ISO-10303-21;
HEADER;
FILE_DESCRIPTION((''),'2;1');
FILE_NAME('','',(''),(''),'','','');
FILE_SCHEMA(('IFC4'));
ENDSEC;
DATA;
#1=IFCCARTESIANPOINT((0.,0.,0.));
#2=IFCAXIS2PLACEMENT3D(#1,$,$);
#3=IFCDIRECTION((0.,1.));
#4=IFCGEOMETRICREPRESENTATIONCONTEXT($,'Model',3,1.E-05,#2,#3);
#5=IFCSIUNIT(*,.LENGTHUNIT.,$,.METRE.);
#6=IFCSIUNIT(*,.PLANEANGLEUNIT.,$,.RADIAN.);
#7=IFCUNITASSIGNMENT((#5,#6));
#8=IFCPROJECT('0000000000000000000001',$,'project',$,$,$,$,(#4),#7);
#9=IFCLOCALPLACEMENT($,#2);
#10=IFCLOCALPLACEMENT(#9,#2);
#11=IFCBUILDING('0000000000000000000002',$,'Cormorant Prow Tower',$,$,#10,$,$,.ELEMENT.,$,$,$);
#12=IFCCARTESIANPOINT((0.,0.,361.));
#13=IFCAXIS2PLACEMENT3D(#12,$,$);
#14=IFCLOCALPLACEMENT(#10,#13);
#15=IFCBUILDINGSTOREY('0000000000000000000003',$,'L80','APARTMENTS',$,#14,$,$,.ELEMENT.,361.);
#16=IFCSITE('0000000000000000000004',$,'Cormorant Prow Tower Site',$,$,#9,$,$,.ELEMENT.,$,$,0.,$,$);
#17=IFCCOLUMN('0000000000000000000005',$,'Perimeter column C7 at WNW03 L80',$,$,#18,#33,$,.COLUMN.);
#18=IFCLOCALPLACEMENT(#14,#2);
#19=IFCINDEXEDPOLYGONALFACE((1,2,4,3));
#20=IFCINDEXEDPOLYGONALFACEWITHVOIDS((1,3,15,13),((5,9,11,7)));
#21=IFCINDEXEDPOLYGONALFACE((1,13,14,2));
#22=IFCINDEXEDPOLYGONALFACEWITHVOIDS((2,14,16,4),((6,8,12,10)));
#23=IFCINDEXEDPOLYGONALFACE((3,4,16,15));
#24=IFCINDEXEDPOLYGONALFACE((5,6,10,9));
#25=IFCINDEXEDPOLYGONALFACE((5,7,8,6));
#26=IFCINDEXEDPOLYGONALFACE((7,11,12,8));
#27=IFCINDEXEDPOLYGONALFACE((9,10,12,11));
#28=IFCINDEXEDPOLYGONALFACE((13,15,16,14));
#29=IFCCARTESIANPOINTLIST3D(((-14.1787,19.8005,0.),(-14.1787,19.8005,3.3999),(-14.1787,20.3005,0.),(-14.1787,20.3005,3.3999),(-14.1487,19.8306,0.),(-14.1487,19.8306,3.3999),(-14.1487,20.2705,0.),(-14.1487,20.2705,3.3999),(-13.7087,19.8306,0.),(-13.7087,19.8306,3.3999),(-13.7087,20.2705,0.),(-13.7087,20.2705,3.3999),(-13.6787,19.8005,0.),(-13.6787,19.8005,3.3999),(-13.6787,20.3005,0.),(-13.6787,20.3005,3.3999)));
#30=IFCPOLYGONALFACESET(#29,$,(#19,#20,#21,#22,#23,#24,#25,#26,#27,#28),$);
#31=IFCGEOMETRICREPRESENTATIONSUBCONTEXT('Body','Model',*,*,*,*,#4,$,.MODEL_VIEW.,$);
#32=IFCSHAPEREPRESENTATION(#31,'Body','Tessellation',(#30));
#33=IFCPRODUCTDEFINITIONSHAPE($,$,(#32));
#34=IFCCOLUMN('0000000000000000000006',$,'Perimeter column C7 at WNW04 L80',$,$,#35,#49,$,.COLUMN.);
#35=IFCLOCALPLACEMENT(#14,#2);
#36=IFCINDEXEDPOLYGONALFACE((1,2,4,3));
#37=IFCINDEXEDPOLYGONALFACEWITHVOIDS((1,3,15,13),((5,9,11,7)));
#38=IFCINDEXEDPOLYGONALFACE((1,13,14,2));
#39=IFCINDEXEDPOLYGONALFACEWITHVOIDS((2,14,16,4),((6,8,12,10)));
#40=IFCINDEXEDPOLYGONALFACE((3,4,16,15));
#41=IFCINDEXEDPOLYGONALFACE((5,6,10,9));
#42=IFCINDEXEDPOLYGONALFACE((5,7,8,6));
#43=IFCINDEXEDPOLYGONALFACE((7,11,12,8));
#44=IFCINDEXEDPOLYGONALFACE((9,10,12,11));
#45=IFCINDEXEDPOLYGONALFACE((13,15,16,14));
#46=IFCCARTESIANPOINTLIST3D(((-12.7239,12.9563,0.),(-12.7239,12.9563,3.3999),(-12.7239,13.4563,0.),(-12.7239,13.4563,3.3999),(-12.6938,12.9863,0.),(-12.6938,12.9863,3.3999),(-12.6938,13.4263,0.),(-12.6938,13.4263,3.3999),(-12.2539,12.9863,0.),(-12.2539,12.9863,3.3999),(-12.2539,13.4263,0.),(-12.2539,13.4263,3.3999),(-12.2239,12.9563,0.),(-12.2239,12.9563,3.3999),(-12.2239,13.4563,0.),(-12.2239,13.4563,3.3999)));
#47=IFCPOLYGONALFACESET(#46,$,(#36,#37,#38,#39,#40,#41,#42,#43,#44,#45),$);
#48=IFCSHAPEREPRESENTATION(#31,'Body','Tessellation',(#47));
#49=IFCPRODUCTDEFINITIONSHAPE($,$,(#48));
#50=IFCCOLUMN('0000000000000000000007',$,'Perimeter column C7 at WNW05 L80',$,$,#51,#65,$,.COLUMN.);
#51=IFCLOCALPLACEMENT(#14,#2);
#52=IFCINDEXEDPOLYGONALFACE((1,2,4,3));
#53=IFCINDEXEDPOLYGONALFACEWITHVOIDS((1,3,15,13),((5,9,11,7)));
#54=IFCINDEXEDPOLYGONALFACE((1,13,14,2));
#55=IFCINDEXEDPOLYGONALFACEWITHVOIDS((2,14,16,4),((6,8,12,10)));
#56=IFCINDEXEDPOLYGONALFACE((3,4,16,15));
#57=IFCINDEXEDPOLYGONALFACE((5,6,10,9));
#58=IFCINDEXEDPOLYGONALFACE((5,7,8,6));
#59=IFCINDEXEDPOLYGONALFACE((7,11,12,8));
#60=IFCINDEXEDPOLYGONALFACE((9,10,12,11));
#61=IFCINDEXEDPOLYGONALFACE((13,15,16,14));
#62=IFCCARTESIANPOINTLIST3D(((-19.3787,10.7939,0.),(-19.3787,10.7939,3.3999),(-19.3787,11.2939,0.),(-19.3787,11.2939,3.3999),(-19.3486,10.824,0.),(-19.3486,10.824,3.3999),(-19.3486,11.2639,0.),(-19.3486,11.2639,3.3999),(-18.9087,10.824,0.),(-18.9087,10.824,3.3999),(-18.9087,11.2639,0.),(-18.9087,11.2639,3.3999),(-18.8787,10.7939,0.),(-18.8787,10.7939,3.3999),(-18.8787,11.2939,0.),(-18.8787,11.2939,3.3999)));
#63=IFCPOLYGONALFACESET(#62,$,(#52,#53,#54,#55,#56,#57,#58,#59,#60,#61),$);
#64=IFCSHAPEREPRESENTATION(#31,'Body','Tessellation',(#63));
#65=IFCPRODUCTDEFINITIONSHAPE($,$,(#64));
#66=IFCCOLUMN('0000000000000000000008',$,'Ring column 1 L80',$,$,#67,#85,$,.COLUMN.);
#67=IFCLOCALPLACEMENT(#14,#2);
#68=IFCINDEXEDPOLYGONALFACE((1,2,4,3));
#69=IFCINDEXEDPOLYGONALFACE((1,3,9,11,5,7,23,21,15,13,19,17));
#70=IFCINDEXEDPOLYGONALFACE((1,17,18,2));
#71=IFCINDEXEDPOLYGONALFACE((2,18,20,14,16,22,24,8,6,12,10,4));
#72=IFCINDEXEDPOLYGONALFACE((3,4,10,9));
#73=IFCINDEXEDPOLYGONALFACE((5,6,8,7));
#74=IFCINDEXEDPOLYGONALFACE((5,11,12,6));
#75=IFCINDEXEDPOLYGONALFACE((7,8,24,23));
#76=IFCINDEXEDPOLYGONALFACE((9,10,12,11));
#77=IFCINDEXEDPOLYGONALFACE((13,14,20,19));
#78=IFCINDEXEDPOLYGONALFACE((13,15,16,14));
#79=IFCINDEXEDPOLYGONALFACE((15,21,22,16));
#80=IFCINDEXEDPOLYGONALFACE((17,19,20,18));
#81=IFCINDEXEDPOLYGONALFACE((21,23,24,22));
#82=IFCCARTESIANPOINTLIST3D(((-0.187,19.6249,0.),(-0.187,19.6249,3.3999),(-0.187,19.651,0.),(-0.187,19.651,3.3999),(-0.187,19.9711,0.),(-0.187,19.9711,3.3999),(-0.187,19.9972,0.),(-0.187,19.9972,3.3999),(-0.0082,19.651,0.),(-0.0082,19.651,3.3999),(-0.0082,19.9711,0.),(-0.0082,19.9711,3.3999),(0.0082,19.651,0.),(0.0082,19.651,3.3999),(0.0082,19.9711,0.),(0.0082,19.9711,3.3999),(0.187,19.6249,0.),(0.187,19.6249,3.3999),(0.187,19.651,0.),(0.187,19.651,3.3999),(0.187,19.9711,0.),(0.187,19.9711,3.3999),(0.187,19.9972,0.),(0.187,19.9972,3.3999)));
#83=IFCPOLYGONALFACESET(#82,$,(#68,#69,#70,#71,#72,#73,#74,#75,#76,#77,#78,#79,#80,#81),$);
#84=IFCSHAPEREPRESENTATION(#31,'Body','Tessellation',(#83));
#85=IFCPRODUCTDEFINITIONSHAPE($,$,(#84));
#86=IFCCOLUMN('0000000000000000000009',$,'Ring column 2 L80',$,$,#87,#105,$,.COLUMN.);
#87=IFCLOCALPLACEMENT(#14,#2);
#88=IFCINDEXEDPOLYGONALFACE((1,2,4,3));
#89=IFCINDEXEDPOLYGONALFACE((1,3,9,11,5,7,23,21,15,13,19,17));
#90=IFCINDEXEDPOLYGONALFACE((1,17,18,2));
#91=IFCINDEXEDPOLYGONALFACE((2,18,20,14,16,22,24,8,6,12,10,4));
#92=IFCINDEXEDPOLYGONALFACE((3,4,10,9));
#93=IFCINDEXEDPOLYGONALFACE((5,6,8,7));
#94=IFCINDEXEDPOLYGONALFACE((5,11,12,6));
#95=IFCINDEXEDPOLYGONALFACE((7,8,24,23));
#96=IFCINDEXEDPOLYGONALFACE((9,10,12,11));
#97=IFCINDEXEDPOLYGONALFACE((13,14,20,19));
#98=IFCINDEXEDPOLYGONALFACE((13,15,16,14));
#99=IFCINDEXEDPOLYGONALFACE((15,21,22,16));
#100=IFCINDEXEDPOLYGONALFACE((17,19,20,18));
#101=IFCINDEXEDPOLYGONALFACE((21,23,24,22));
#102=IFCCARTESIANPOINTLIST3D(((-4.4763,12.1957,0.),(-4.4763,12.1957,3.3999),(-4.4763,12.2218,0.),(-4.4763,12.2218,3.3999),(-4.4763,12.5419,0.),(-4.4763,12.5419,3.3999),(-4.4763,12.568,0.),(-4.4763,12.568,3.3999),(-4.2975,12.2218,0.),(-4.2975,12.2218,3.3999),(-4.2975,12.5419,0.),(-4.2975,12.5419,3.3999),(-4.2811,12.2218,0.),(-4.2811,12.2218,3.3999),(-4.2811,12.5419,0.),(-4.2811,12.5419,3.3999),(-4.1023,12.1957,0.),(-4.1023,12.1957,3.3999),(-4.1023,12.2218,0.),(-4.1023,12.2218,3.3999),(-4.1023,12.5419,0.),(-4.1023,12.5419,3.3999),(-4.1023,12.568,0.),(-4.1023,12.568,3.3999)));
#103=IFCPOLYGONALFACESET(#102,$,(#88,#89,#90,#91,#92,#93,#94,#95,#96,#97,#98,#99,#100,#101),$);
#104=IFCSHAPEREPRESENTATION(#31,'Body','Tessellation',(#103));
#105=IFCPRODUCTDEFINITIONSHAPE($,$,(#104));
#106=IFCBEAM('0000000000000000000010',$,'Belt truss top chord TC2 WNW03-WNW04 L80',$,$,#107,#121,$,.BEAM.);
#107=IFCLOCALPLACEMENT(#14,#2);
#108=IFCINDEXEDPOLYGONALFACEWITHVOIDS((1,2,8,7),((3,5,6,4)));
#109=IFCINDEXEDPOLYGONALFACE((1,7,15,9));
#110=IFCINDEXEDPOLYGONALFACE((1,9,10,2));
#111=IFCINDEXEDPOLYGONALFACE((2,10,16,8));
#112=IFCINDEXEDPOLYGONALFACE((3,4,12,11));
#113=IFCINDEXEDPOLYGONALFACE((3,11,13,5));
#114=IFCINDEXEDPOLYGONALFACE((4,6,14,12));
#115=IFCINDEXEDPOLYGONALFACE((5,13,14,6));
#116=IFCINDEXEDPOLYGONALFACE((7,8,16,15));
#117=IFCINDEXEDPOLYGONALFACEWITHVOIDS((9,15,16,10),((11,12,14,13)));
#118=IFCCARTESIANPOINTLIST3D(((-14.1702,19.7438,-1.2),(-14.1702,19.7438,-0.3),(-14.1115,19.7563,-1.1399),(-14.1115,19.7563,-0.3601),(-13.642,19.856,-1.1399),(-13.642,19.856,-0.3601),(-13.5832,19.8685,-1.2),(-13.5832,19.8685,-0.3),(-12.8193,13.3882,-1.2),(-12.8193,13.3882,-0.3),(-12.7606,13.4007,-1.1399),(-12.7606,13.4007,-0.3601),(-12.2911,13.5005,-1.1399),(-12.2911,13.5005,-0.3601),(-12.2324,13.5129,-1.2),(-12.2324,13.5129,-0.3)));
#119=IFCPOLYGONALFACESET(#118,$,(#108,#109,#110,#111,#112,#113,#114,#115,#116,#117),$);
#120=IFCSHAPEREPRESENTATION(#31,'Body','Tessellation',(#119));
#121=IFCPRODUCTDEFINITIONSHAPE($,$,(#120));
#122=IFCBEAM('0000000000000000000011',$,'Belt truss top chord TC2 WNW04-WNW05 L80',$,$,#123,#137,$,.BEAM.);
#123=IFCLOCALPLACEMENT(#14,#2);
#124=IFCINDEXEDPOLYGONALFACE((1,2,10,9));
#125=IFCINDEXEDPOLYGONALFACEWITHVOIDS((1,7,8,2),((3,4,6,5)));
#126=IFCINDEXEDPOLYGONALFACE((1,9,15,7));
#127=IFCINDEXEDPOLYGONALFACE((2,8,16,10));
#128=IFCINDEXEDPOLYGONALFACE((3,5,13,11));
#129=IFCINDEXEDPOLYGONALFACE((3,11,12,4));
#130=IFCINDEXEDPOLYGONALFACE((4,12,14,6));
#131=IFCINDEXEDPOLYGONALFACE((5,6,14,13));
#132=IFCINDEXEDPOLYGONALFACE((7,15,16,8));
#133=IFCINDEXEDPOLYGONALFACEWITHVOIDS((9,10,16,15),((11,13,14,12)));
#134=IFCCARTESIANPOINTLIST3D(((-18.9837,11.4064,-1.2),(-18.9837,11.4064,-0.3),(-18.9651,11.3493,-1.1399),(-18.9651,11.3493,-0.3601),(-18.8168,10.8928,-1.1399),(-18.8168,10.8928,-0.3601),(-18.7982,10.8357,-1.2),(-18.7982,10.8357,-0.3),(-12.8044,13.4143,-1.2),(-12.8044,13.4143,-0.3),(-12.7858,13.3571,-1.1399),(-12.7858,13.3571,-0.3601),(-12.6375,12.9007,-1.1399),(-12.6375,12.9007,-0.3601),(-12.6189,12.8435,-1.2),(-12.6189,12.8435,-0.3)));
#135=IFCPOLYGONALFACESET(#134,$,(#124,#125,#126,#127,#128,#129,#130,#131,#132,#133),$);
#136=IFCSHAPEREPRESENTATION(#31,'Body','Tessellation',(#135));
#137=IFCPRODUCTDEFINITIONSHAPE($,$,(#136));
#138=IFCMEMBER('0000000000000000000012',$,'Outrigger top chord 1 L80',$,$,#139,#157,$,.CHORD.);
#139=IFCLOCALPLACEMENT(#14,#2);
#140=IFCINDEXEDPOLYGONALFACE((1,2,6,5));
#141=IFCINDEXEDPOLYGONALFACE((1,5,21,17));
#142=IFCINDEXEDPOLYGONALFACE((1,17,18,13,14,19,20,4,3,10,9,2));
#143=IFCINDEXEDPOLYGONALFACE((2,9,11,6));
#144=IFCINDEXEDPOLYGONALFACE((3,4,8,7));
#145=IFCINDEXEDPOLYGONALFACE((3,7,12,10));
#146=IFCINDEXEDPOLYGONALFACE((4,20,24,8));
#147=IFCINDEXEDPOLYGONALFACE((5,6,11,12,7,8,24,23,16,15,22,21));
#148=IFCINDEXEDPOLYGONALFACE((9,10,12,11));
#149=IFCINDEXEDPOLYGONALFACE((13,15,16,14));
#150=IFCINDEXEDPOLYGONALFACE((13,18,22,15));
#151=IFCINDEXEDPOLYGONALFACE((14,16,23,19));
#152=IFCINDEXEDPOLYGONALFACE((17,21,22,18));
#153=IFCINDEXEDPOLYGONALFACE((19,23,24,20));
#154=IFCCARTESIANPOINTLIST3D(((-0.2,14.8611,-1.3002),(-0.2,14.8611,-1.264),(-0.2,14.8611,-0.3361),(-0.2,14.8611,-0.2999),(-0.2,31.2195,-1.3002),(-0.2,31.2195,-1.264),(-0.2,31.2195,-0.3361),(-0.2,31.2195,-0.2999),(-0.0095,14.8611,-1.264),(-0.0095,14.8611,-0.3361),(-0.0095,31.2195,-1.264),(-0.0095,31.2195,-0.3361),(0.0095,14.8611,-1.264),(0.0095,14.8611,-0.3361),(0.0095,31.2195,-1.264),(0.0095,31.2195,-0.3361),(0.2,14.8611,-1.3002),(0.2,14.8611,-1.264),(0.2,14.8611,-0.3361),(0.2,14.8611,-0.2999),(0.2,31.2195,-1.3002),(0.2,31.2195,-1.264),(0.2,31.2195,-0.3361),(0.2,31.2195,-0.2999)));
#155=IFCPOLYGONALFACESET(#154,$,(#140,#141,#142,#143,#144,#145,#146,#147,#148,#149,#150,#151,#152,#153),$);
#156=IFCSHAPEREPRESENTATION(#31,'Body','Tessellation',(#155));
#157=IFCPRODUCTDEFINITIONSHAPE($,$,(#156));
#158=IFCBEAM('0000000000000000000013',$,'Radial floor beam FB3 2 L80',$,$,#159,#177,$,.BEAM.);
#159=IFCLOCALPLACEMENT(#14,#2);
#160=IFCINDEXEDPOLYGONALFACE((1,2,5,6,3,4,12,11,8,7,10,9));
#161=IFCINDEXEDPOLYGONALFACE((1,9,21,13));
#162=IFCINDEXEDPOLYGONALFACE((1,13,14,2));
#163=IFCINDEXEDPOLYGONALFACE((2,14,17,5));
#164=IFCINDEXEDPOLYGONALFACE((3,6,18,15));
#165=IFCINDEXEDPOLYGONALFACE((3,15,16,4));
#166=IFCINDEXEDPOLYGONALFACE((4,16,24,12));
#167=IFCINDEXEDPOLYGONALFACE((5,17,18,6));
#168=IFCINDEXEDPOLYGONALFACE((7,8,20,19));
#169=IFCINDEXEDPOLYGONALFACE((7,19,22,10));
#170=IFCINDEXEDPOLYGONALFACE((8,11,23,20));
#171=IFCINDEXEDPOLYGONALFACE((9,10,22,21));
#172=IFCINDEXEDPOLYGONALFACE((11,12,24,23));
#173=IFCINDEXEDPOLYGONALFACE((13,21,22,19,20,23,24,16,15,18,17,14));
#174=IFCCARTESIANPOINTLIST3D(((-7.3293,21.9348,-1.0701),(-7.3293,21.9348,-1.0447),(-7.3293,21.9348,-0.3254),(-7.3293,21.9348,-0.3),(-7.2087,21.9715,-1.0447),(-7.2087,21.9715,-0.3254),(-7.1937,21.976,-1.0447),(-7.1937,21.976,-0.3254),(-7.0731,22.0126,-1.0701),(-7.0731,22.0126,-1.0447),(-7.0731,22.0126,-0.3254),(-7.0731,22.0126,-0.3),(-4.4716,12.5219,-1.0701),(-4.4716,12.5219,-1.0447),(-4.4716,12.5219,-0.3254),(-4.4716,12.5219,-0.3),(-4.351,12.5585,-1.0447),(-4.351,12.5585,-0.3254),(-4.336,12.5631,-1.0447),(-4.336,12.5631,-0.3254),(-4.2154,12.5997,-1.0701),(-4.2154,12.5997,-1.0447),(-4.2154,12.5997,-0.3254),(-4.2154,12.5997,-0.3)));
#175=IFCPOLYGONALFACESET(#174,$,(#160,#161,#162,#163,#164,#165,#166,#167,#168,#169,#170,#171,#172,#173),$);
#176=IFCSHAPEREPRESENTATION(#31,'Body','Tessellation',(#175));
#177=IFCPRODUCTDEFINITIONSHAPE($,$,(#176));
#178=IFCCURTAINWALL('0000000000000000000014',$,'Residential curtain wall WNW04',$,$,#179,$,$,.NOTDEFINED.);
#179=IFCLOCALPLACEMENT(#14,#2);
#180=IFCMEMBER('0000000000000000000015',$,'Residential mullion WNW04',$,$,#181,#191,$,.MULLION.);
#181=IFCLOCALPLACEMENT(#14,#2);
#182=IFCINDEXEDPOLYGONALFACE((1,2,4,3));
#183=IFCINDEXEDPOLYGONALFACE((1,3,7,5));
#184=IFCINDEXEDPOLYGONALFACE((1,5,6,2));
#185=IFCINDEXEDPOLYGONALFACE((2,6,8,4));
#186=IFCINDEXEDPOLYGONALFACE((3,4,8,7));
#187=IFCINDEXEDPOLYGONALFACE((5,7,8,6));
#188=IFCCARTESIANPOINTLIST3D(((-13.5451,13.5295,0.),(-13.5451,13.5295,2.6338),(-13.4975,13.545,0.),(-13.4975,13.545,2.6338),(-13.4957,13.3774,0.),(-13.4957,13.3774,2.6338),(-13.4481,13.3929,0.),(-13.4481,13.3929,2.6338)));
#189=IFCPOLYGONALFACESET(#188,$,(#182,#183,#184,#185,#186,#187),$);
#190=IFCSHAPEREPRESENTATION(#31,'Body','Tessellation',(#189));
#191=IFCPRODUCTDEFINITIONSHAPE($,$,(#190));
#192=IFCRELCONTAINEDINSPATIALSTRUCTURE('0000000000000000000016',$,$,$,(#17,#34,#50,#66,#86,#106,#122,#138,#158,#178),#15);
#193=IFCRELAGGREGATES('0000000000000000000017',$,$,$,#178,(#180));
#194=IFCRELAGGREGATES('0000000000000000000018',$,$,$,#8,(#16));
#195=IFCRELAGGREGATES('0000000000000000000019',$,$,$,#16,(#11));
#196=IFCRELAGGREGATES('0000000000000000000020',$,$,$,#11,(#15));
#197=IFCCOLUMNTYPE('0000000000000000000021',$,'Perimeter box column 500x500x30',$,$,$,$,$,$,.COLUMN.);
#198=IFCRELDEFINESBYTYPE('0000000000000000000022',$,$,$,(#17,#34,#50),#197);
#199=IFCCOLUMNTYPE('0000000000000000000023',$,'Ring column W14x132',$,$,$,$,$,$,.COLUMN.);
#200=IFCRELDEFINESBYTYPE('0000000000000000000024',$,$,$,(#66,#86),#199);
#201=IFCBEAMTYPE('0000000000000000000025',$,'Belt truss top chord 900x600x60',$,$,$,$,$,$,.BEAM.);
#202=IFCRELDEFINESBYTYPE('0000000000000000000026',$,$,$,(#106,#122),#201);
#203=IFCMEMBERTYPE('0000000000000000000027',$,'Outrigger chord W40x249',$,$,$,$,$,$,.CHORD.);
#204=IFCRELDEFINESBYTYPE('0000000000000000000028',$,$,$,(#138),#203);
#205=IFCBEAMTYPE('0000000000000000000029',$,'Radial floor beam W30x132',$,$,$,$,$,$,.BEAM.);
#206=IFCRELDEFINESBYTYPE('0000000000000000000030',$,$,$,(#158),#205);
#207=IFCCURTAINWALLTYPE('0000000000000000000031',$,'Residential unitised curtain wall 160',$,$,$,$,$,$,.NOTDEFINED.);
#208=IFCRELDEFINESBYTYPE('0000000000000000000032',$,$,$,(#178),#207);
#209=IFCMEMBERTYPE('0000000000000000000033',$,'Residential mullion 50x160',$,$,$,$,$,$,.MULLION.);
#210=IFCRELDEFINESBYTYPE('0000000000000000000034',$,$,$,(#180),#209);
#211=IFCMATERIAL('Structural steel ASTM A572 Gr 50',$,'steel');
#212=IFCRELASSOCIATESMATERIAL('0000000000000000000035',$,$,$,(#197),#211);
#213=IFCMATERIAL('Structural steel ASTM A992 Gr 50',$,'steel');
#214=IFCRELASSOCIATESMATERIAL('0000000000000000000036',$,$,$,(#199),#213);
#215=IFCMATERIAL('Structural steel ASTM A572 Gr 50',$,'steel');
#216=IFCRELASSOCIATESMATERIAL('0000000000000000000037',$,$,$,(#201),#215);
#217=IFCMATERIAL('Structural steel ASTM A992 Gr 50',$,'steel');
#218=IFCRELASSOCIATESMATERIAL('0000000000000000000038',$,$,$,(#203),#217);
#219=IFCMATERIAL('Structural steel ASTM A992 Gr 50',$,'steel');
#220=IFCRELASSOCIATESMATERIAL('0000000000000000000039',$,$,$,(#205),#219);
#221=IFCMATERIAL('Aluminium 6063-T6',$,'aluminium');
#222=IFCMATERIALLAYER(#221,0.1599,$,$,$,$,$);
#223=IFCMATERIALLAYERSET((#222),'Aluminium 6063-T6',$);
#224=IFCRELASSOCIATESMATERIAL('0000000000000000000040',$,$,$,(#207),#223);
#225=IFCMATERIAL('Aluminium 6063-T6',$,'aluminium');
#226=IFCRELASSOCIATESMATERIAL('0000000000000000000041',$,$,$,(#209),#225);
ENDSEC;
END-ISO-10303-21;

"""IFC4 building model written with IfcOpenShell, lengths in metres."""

from ifc_helpers import new_model, si_unit, direction, frame, origin, origin_2d, place, context, subcontext, project, spatial, rectangle, hollow_rectangle, i_section, extrude, material, layer, layer_set, material_profile, profile_set, type_object, element, aggregate, save


model = new_model("IFC4")

# Units and contexts
model_context = context("Model", 3, precision=1e-05, world=origin(), true_north=direction((0.0, 1.0)))
body_context = subcontext(model_context, "Body", "Model", "MODEL_VIEW")
ifc_project = project(units=[si_unit("LENGTHUNIT", "METRE"), si_unit("PLANEANGLEUNIT", "RADIAN")], contexts=[model_context])

# Site, building, storey
site_placement = place(None, origin())
site = spatial("IfcSite", under=ifc_project, at=site_placement, Name="Cormorant Prow Tower Site", CompositionType="ELEMENT", RefElevation=0.0)
building_placement = place(site_placement, origin())
building = spatial("IfcBuilding", under=site, at=building_placement, Name="Cormorant Prow Tower", CompositionType="ELEMENT")
storey_placement = place(building_placement, frame((0.0, 0.0, 361.0)))
storey = spatial("IfcBuildingStorey", under=building, at=storey_placement, Name="L80", Description="APARTMENTS", CompositionType="ELEMENT", Elevation=361.0)

# Columns
ifc_material_1 = material(Name="Structural steel ASTM A572 Gr 50", Category="steel")
ifc_material_profile_1 = material_profile(ifc_material_1, hollow_rectangle(XDim=0.5, YDim=0.5, WallThickness=0.03, at=origin_2d()), Name="Box 500x500x30")
ifc_profile_set_1 = profile_set([ifc_material_profile_1], Name="Structural steel ASTM A572 Gr 50")
column_type_1 = type_object("IfcColumnType", Name="Perimeter box column 500x500x30", PredefinedType="COLUMN", material=ifc_profile_set_1)
for number, where, z_axis, x_axis, name in (
    (1, (-13.9287, 20.0505, 0.0), (0.0, 0.0, 1.0), (1.0, 0.0, 0.0), "Perimeter column C7 at WNW03 L80"),
    (2, (-12.4739, 13.2063, 0.0), (0.0, 0.0, 1.0), (1.0, 0.0, 0.0), "Perimeter column C7 at WNW04 L80"),
    (3, (-19.1287, 11.0439, 0.0), (0.0, 0.0, 1.0), (1.0, 0.0, 0.0), "Perimeter column C7 at WNW05 L80"),
):
    element("IfcColumn", number, at=place(storey_placement, frame(where, z_axis=z_axis, x_axis=x_axis)), inside=storey, type_object=column_type_1, Name=name, PredefinedType="COLUMN", context=body_context, shape_type="SweptSolid", body=[
        extrude(hollow_rectangle(XDim=0.5, YDim=0.5, WallThickness=0.03, at=origin_2d()), origin(), (0.0, 0.0, 1.0), 3.3999),
    ])
ifc_material_2 = material(Name="Structural steel ASTM A992 Gr 50", Category="steel")
ifc_material_profile_2 = material_profile(ifc_material_2, i_section(OverallWidth=0.374, OverallDepth=0.3723, WebThickness=0.0164, FlangeThickness=0.0261, at=origin_2d()), Name="W14x132")
ifc_profile_set_2 = profile_set([ifc_material_profile_2], Name="Structural steel ASTM A992 Gr 50")
column_type_2 = type_object("IfcColumnType", Name="Ring column W14x132", PredefinedType="COLUMN", material=ifc_profile_set_2)
for number, where, z_axis, x_axis, name in (
    (4, (0.0, 19.811, 0.0), (0.0, 0.0, 1.0), (1.0, 0.0, 0.0), "Ring column 1 L80"),
    (5, (-4.2893, 12.3818, 0.0), (0.0, 0.0, 1.0), (1.0, 0.0, 0.0), "Ring column 2 L80"),
):
    element("IfcColumn", number, at=place(storey_placement, frame(where, z_axis=z_axis, x_axis=x_axis)), inside=storey, type_object=column_type_2, Name=name, PredefinedType="COLUMN", context=body_context, shape_type="SweptSolid", body=[
        extrude(i_section(OverallWidth=0.374, OverallDepth=0.3723, WebThickness=0.0164, FlangeThickness=0.0261, at=origin_2d()), origin(), (0.0, 0.0, 1.0), 3.3999),
    ])

# Beams
ifc_material_3 = material(Name="Structural steel ASTM A572 Gr 50", Category="steel")
ifc_material_profile_3 = material_profile(ifc_material_3, hollow_rectangle(XDim=0.6001, YDim=0.8999, WallThickness=0.0601, at=origin_2d()), Name="Box 900x600x60")
ifc_profile_set_3 = profile_set([ifc_material_profile_3], Name="Structural steel ASTM A572 Gr 50")
beam_type_1 = type_object("IfcBeamType", Name="Belt truss top chord 900x600x60", PredefinedType="BEAM", material=ifc_profile_set_3)
beam_1_placement = place(storey_placement, frame((-13.8767, 19.8062, -0.75), z_axis=(0.207902, -0.97815, 0.0), x_axis=(0.97815, 0.207902, 0.0)))
element("IfcBeam", 6, at=beam_1_placement, inside=storey, type_object=beam_type_1, Name="Belt truss top chord TC2 WNW03-WNW04 L80", PredefinedType="BEAM", context=body_context, shape_type="SweptSolid", body=[
    extrude(hollow_rectangle(XDim=0.6001, YDim=0.8999, WallThickness=0.0601, at=origin_2d()), origin(), (0.0, 0.0, 1.0), 6.4976),
])
beam_2_placement = place(storey_placement, frame((-12.7117, 13.1289, -0.75), z_axis=(-0.951053, -0.309027, 0.0), x_axis=(0.309027, -0.951053, 0.0)))
element("IfcBeam", 7, at=beam_2_placement, inside=storey, type_object=beam_type_1, Name="Belt truss top chord TC2 WNW04-WNW05 L80", PredefinedType="BEAM", context=body_context, shape_type="SweptSolid", body=[
    extrude(hollow_rectangle(XDim=0.6001, YDim=0.8999, WallThickness=0.0601, at=origin_2d()), origin(), (0.0, 0.0, 1.0), 6.4973),
])

# Member
ifc_material_4 = material(Name="Structural steel ASTM A992 Gr 50", Category="steel")
ifc_material_profile_4 = material_profile(ifc_material_4, i_section(OverallWidth=0.3999, OverallDepth=1.0002, WebThickness=0.019, FlangeThickness=0.0361, at=origin_2d()), Name="W40x249")
ifc_profile_set_4 = profile_set([ifc_material_profile_4], Name="Structural steel ASTM A992 Gr 50")
member_type_1 = type_object("IfcMemberType", Name="Outrigger chord W40x249", PredefinedType="CHORD", material=ifc_profile_set_4)
member_1_placement = place(storey_placement, frame((0.0, 14.8611, -0.8), z_axis=(0.0, 1.0, 0.0), x_axis=(-1.0, 0.0, 0.0)))
element("IfcMember", 8, at=member_1_placement, inside=storey, type_object=member_type_1, Name="Outrigger top chord 1 L80", PredefinedType="CHORD", context=body_context, shape_type="SweptSolid", body=[
    extrude(i_section(OverallWidth=0.3999, OverallDepth=1.0002, WebThickness=0.019, FlangeThickness=0.0361, at=origin_2d()), origin(), (0.0, 0.0, 1.0), 16.3584),
])

# Beam
ifc_material_5 = material(Name="Structural steel ASTM A992 Gr 50", Category="steel")
ifc_material_profile_5 = material_profile(ifc_material_5, i_section(OverallWidth=0.2678, OverallDepth=0.77, WebThickness=0.0156, FlangeThickness=0.0254, at=origin_2d()), Name="W30x132")
ifc_profile_set_5 = profile_set([ifc_material_profile_5], Name="Structural steel ASTM A992 Gr 50")
beam_type_2 = type_object("IfcBeamType", Name="Radial floor beam W30x132", PredefinedType="BEAM", material=ifc_profile_set_5)
beam_3_placement = place(storey_placement, frame((-4.3435, 12.5608, -0.6851), z_axis=(-0.2905, 0.956875, 0.0), x_axis=(-0.956875, -0.2905, 0.0)))
element("IfcBeam", 9, at=beam_3_placement, inside=storey, type_object=beam_type_2, Name="Radial floor beam FB3 2 L80", PredefinedType="BEAM", context=body_context, shape_type="SweptSolid", body=[
    extrude(i_section(OverallWidth=0.2678, OverallDepth=0.77, WebThickness=0.0156, FlangeThickness=0.0254, at=origin_2d()), origin(), (0.0, 0.0, 1.0), 9.8372),
])

# Curtain wall, member
ifc_material_6 = material(Name="Aluminium 6063-T6", Category="aluminium")
ifc_layer_1 = layer(ifc_material_6, 0.1599)
ifc_layer_set_1 = layer_set([ifc_layer_1], Name="Aluminium 6063-T6")
curtain_wall_type = type_object("IfcCurtainWallType", Name="Residential unitised curtain wall 160", PredefinedType="NOTDEFINED", material=ifc_layer_set_1)
curtain_wall_1_placement = place(storey_placement, origin())
curtain_wall_1 = element("IfcCurtainWall", 10, at=curtain_wall_1_placement, inside=storey, type_object=curtain_wall_type, Name="Residential curtain wall WNW04", PredefinedType="NOTDEFINED")
ifc_material_7 = material(Name="Aluminium 6063-T6", Category="aluminium")
ifc_material_profile_6 = material_profile(ifc_material_7, rectangle(XDim=0.1599, YDim=0.05, at=origin_2d()), Name="Residential mullion 50x160")
ifc_profile_set_6 = profile_set([ifc_material_profile_6], Name="Aluminium 6063-T6")
member_type_2 = type_object("IfcMemberType", Name="Residential mullion 50x160", PredefinedType="MULLION", material=ifc_profile_set_6)
member_2_placement = place(storey_placement, frame((-13.4966, 13.4612, 0.0), z_axis=(0.0, 0.0, 1.0), x_axis=(0.309017, -0.951057, 0.0)))
member_2 = element("IfcMember", 11, at=member_2_placement, type_object=member_type_2, Name="Residential mullion WNW04", PredefinedType="MULLION", context=body_context, shape_type="SweptSolid", body=[
    extrude(rectangle(XDim=0.1599, YDim=0.05, at=origin_2d()), origin(), (0.0, 0.0, 1.0), 2.6338),
])

aggregate(curtain_wall_1, [member_2])

save(model, "model.ifc")
